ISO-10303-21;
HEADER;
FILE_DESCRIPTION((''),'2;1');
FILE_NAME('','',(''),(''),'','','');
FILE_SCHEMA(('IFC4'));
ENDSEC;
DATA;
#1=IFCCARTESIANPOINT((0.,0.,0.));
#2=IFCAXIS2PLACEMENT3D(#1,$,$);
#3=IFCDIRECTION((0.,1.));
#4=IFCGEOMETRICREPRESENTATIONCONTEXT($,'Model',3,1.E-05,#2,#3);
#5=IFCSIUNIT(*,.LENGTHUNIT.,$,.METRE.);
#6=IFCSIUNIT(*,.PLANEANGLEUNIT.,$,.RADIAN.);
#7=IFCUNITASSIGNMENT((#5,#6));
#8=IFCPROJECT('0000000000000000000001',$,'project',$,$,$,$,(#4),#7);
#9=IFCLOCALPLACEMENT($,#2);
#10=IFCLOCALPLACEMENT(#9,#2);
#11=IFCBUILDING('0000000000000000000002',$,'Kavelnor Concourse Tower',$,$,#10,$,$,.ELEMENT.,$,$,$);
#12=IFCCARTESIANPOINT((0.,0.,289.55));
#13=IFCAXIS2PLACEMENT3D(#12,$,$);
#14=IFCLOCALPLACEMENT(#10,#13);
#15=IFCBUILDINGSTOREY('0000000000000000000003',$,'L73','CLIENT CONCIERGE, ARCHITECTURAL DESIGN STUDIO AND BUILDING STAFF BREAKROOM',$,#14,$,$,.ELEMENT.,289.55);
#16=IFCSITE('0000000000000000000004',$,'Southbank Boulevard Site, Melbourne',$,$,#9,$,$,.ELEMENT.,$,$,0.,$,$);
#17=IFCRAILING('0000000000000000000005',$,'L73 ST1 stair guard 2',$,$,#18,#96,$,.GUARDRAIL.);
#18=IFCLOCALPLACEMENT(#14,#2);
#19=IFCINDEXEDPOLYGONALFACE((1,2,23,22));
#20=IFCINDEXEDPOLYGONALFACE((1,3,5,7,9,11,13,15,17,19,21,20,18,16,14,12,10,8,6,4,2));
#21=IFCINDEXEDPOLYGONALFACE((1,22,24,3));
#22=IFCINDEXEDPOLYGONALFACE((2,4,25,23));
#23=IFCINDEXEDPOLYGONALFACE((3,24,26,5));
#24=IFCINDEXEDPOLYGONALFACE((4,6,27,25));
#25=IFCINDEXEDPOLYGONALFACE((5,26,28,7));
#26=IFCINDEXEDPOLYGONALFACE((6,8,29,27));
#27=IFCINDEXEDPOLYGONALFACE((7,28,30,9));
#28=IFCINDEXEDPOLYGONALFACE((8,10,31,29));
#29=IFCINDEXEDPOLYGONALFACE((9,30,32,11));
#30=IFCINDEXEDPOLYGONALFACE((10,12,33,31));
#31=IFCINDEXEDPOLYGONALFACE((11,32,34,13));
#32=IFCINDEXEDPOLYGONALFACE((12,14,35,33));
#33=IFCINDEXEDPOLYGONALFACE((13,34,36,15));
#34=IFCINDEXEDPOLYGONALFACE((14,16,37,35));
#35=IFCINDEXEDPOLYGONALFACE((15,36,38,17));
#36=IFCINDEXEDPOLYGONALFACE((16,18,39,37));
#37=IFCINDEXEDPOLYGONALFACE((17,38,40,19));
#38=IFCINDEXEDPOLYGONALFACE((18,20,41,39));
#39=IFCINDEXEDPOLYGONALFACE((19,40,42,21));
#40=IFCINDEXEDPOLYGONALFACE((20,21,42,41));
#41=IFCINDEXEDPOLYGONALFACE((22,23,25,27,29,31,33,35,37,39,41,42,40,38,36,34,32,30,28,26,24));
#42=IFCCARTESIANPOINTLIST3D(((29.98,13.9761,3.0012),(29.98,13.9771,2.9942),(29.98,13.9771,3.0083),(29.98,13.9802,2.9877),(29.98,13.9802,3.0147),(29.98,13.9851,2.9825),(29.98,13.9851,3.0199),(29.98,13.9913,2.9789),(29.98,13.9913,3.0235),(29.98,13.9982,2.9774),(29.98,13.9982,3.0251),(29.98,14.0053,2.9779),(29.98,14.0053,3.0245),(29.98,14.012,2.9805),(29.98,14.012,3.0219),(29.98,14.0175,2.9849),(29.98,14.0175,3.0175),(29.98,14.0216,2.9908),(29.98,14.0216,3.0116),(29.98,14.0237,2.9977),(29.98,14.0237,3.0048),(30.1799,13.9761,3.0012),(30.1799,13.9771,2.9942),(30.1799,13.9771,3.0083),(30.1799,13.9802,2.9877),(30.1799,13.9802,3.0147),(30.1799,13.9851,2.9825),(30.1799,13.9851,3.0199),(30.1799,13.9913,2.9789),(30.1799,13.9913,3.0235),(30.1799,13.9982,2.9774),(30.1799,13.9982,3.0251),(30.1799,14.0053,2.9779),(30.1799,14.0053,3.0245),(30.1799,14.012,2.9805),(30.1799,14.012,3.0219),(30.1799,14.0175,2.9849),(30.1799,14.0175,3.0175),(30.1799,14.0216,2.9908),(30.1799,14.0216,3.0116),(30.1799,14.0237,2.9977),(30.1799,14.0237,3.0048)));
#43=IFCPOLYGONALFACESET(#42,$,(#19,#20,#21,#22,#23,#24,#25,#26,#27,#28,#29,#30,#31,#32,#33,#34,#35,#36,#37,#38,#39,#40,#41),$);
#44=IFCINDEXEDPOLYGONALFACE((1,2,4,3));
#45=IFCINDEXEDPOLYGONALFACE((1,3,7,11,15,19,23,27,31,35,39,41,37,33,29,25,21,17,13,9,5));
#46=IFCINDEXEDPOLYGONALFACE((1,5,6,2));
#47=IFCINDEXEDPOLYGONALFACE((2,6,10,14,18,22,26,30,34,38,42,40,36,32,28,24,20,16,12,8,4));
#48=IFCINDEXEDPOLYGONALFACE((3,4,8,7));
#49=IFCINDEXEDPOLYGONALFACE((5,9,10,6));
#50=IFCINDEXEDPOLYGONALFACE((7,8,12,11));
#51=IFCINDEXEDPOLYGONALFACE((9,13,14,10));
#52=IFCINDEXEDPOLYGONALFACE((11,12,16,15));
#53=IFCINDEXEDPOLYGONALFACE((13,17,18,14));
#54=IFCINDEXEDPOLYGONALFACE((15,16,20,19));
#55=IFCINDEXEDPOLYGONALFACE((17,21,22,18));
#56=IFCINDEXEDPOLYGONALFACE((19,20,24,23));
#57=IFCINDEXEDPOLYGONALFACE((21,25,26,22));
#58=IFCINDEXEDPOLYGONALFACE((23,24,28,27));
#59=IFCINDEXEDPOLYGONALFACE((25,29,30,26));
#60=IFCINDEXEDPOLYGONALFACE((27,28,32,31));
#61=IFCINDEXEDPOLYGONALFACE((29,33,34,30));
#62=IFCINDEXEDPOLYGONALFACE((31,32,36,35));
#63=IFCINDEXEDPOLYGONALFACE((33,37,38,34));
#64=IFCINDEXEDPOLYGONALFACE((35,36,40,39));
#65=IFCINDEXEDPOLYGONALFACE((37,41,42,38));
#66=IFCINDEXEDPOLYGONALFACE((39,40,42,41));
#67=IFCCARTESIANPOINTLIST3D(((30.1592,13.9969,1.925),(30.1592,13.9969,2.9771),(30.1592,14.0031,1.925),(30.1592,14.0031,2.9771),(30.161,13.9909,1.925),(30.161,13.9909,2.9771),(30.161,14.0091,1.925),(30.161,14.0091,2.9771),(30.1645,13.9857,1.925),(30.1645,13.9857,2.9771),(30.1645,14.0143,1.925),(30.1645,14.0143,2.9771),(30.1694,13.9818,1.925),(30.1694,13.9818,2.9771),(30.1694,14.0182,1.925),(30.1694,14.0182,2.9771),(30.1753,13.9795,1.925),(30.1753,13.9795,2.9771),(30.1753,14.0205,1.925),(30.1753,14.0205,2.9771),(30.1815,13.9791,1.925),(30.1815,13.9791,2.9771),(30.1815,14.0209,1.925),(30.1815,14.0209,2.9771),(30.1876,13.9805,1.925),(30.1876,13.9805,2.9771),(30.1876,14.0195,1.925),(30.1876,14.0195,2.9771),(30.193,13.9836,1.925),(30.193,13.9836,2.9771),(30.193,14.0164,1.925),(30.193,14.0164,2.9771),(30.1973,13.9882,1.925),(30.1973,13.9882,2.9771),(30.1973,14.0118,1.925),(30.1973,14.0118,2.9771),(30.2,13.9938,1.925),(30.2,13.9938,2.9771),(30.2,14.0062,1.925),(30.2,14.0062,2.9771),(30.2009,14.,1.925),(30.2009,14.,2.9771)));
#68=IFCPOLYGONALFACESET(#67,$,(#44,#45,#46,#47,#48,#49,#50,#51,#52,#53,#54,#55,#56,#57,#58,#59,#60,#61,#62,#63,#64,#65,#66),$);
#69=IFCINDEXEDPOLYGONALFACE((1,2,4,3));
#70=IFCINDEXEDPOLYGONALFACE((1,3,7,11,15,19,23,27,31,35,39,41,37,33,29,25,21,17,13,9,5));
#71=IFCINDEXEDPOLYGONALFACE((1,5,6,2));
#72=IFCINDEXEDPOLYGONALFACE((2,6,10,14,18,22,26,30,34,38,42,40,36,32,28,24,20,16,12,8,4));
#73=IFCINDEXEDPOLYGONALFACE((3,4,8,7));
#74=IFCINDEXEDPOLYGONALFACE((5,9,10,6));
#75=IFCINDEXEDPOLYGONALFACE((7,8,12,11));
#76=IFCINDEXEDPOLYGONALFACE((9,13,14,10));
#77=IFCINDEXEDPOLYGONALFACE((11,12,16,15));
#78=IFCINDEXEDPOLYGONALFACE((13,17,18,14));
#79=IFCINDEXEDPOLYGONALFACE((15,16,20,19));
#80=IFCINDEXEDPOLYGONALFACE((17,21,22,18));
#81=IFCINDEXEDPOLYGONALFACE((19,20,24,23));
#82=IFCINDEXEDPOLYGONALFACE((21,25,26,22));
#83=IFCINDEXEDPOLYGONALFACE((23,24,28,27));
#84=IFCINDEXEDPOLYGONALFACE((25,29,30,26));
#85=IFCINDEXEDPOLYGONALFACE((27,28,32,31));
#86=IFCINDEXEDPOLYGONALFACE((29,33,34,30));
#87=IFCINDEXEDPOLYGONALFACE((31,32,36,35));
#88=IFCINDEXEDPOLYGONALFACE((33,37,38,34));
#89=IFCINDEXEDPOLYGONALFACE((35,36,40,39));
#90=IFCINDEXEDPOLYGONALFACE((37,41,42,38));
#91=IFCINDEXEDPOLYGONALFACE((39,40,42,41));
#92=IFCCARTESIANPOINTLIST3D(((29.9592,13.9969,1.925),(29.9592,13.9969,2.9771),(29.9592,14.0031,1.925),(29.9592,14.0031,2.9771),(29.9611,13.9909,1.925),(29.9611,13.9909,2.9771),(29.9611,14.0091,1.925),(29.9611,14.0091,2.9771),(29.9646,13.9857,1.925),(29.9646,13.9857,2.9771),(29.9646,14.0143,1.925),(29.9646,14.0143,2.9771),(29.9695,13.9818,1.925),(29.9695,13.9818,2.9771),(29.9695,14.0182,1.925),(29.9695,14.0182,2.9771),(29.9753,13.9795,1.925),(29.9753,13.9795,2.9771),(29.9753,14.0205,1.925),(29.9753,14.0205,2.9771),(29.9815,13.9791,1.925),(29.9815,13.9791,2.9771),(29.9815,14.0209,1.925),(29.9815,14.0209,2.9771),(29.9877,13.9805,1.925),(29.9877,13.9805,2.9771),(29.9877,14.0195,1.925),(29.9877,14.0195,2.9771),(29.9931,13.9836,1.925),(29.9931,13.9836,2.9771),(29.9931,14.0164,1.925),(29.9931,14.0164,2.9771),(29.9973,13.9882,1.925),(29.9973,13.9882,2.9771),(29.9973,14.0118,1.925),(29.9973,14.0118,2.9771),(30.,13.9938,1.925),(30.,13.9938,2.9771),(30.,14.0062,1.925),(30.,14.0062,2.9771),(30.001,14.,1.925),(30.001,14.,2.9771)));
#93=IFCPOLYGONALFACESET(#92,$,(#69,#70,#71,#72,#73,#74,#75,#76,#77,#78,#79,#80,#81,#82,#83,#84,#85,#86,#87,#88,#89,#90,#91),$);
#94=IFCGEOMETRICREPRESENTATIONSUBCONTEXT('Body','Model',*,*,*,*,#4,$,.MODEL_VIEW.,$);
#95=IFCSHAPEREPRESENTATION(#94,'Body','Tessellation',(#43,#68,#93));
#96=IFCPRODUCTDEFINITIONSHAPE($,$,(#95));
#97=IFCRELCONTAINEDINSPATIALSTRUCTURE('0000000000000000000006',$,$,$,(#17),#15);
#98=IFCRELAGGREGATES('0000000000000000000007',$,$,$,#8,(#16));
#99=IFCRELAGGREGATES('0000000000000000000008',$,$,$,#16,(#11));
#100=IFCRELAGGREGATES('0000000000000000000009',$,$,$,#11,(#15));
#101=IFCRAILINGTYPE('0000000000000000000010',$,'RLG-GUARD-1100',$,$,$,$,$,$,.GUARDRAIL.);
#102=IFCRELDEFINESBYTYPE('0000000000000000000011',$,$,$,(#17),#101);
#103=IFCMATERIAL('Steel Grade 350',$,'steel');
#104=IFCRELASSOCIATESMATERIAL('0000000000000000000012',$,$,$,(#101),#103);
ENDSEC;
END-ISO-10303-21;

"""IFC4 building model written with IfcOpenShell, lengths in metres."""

from ifc_helpers import new_model, si_unit, direction, frame, origin, origin_2d, place, context, subcontext, project, spatial, circle, extrude, material, type_object, element, save


model = new_model("IFC4")

# Units and contexts
model_context = context("Model", 3, precision=1e-05, world=origin(), true_north=direction((0.0, 1.0)))
body_context = subcontext(model_context, "Body", "Model", "MODEL_VIEW")
ifc_project = project(units=[si_unit("LENGTHUNIT", "METRE"), si_unit("PLANEANGLEUNIT", "RADIAN")], contexts=[model_context])

# Site, building, storey
site_placement = place(None, origin())
site = spatial("IfcSite", under=ifc_project, at=site_placement, Name="Southbank Boulevard Site, Melbourne", CompositionType="ELEMENT", RefElevation=0.0)
building_placement = place(site_placement, origin())
building = spatial("IfcBuilding", under=site, at=building_placement, Name="Kavelnor Concourse Tower", CompositionType="ELEMENT")
storey_placement = place(building_placement, frame((0.0, 0.0, 289.55)))
storey = spatial("IfcBuildingStorey", under=building, at=storey_placement, Name="L73", Description="CLIENT CONCIERGE, ARCHITECTURAL DESIGN STUDIO AND BUILDING STAFF BREAKROOM", CompositionType="ELEMENT", Elevation=289.55)

# Shared definitions
ifc_material_1 = material(Name="Steel Grade 350", Category="steel")

# Railing
railing_type_1 = type_object("IfcRailingType", Name="RLG-GUARD-1100", PredefinedType="GUARDRAIL", material=ifc_material_1)
railing_1_placement = place(storey_placement, frame((30.1799, 14.0, 1.925)))
element("IfcRailing", 1, at=railing_1_placement, inside=storey, type_object=railing_type_1, Name="L73 ST1 stair guard 2", PredefinedType="GUARDRAIL", context=body_context, shape_type="SweptSolid", body=[
    extrude(circle(Radius=0.0239, at=origin_2d()), frame((0.0, 0.0, 1.0762), z_axis=(-1.0, 0.0, 0.0), x_axis=(0.0, -1.0, 0.0)), (0.0, 0.0, 1.0), 0.2),
    extrude(circle(Radius=0.021, at=origin_2d()), origin(), (0.0, 0.0, 1.0), 1.052),
    extrude(circle(Radius=0.021, at=origin_2d()), frame((-0.2, 0.0, 0.0)), (0.0, 0.0, 1.0), 1.052),
])

save(model, "model.ifc")
